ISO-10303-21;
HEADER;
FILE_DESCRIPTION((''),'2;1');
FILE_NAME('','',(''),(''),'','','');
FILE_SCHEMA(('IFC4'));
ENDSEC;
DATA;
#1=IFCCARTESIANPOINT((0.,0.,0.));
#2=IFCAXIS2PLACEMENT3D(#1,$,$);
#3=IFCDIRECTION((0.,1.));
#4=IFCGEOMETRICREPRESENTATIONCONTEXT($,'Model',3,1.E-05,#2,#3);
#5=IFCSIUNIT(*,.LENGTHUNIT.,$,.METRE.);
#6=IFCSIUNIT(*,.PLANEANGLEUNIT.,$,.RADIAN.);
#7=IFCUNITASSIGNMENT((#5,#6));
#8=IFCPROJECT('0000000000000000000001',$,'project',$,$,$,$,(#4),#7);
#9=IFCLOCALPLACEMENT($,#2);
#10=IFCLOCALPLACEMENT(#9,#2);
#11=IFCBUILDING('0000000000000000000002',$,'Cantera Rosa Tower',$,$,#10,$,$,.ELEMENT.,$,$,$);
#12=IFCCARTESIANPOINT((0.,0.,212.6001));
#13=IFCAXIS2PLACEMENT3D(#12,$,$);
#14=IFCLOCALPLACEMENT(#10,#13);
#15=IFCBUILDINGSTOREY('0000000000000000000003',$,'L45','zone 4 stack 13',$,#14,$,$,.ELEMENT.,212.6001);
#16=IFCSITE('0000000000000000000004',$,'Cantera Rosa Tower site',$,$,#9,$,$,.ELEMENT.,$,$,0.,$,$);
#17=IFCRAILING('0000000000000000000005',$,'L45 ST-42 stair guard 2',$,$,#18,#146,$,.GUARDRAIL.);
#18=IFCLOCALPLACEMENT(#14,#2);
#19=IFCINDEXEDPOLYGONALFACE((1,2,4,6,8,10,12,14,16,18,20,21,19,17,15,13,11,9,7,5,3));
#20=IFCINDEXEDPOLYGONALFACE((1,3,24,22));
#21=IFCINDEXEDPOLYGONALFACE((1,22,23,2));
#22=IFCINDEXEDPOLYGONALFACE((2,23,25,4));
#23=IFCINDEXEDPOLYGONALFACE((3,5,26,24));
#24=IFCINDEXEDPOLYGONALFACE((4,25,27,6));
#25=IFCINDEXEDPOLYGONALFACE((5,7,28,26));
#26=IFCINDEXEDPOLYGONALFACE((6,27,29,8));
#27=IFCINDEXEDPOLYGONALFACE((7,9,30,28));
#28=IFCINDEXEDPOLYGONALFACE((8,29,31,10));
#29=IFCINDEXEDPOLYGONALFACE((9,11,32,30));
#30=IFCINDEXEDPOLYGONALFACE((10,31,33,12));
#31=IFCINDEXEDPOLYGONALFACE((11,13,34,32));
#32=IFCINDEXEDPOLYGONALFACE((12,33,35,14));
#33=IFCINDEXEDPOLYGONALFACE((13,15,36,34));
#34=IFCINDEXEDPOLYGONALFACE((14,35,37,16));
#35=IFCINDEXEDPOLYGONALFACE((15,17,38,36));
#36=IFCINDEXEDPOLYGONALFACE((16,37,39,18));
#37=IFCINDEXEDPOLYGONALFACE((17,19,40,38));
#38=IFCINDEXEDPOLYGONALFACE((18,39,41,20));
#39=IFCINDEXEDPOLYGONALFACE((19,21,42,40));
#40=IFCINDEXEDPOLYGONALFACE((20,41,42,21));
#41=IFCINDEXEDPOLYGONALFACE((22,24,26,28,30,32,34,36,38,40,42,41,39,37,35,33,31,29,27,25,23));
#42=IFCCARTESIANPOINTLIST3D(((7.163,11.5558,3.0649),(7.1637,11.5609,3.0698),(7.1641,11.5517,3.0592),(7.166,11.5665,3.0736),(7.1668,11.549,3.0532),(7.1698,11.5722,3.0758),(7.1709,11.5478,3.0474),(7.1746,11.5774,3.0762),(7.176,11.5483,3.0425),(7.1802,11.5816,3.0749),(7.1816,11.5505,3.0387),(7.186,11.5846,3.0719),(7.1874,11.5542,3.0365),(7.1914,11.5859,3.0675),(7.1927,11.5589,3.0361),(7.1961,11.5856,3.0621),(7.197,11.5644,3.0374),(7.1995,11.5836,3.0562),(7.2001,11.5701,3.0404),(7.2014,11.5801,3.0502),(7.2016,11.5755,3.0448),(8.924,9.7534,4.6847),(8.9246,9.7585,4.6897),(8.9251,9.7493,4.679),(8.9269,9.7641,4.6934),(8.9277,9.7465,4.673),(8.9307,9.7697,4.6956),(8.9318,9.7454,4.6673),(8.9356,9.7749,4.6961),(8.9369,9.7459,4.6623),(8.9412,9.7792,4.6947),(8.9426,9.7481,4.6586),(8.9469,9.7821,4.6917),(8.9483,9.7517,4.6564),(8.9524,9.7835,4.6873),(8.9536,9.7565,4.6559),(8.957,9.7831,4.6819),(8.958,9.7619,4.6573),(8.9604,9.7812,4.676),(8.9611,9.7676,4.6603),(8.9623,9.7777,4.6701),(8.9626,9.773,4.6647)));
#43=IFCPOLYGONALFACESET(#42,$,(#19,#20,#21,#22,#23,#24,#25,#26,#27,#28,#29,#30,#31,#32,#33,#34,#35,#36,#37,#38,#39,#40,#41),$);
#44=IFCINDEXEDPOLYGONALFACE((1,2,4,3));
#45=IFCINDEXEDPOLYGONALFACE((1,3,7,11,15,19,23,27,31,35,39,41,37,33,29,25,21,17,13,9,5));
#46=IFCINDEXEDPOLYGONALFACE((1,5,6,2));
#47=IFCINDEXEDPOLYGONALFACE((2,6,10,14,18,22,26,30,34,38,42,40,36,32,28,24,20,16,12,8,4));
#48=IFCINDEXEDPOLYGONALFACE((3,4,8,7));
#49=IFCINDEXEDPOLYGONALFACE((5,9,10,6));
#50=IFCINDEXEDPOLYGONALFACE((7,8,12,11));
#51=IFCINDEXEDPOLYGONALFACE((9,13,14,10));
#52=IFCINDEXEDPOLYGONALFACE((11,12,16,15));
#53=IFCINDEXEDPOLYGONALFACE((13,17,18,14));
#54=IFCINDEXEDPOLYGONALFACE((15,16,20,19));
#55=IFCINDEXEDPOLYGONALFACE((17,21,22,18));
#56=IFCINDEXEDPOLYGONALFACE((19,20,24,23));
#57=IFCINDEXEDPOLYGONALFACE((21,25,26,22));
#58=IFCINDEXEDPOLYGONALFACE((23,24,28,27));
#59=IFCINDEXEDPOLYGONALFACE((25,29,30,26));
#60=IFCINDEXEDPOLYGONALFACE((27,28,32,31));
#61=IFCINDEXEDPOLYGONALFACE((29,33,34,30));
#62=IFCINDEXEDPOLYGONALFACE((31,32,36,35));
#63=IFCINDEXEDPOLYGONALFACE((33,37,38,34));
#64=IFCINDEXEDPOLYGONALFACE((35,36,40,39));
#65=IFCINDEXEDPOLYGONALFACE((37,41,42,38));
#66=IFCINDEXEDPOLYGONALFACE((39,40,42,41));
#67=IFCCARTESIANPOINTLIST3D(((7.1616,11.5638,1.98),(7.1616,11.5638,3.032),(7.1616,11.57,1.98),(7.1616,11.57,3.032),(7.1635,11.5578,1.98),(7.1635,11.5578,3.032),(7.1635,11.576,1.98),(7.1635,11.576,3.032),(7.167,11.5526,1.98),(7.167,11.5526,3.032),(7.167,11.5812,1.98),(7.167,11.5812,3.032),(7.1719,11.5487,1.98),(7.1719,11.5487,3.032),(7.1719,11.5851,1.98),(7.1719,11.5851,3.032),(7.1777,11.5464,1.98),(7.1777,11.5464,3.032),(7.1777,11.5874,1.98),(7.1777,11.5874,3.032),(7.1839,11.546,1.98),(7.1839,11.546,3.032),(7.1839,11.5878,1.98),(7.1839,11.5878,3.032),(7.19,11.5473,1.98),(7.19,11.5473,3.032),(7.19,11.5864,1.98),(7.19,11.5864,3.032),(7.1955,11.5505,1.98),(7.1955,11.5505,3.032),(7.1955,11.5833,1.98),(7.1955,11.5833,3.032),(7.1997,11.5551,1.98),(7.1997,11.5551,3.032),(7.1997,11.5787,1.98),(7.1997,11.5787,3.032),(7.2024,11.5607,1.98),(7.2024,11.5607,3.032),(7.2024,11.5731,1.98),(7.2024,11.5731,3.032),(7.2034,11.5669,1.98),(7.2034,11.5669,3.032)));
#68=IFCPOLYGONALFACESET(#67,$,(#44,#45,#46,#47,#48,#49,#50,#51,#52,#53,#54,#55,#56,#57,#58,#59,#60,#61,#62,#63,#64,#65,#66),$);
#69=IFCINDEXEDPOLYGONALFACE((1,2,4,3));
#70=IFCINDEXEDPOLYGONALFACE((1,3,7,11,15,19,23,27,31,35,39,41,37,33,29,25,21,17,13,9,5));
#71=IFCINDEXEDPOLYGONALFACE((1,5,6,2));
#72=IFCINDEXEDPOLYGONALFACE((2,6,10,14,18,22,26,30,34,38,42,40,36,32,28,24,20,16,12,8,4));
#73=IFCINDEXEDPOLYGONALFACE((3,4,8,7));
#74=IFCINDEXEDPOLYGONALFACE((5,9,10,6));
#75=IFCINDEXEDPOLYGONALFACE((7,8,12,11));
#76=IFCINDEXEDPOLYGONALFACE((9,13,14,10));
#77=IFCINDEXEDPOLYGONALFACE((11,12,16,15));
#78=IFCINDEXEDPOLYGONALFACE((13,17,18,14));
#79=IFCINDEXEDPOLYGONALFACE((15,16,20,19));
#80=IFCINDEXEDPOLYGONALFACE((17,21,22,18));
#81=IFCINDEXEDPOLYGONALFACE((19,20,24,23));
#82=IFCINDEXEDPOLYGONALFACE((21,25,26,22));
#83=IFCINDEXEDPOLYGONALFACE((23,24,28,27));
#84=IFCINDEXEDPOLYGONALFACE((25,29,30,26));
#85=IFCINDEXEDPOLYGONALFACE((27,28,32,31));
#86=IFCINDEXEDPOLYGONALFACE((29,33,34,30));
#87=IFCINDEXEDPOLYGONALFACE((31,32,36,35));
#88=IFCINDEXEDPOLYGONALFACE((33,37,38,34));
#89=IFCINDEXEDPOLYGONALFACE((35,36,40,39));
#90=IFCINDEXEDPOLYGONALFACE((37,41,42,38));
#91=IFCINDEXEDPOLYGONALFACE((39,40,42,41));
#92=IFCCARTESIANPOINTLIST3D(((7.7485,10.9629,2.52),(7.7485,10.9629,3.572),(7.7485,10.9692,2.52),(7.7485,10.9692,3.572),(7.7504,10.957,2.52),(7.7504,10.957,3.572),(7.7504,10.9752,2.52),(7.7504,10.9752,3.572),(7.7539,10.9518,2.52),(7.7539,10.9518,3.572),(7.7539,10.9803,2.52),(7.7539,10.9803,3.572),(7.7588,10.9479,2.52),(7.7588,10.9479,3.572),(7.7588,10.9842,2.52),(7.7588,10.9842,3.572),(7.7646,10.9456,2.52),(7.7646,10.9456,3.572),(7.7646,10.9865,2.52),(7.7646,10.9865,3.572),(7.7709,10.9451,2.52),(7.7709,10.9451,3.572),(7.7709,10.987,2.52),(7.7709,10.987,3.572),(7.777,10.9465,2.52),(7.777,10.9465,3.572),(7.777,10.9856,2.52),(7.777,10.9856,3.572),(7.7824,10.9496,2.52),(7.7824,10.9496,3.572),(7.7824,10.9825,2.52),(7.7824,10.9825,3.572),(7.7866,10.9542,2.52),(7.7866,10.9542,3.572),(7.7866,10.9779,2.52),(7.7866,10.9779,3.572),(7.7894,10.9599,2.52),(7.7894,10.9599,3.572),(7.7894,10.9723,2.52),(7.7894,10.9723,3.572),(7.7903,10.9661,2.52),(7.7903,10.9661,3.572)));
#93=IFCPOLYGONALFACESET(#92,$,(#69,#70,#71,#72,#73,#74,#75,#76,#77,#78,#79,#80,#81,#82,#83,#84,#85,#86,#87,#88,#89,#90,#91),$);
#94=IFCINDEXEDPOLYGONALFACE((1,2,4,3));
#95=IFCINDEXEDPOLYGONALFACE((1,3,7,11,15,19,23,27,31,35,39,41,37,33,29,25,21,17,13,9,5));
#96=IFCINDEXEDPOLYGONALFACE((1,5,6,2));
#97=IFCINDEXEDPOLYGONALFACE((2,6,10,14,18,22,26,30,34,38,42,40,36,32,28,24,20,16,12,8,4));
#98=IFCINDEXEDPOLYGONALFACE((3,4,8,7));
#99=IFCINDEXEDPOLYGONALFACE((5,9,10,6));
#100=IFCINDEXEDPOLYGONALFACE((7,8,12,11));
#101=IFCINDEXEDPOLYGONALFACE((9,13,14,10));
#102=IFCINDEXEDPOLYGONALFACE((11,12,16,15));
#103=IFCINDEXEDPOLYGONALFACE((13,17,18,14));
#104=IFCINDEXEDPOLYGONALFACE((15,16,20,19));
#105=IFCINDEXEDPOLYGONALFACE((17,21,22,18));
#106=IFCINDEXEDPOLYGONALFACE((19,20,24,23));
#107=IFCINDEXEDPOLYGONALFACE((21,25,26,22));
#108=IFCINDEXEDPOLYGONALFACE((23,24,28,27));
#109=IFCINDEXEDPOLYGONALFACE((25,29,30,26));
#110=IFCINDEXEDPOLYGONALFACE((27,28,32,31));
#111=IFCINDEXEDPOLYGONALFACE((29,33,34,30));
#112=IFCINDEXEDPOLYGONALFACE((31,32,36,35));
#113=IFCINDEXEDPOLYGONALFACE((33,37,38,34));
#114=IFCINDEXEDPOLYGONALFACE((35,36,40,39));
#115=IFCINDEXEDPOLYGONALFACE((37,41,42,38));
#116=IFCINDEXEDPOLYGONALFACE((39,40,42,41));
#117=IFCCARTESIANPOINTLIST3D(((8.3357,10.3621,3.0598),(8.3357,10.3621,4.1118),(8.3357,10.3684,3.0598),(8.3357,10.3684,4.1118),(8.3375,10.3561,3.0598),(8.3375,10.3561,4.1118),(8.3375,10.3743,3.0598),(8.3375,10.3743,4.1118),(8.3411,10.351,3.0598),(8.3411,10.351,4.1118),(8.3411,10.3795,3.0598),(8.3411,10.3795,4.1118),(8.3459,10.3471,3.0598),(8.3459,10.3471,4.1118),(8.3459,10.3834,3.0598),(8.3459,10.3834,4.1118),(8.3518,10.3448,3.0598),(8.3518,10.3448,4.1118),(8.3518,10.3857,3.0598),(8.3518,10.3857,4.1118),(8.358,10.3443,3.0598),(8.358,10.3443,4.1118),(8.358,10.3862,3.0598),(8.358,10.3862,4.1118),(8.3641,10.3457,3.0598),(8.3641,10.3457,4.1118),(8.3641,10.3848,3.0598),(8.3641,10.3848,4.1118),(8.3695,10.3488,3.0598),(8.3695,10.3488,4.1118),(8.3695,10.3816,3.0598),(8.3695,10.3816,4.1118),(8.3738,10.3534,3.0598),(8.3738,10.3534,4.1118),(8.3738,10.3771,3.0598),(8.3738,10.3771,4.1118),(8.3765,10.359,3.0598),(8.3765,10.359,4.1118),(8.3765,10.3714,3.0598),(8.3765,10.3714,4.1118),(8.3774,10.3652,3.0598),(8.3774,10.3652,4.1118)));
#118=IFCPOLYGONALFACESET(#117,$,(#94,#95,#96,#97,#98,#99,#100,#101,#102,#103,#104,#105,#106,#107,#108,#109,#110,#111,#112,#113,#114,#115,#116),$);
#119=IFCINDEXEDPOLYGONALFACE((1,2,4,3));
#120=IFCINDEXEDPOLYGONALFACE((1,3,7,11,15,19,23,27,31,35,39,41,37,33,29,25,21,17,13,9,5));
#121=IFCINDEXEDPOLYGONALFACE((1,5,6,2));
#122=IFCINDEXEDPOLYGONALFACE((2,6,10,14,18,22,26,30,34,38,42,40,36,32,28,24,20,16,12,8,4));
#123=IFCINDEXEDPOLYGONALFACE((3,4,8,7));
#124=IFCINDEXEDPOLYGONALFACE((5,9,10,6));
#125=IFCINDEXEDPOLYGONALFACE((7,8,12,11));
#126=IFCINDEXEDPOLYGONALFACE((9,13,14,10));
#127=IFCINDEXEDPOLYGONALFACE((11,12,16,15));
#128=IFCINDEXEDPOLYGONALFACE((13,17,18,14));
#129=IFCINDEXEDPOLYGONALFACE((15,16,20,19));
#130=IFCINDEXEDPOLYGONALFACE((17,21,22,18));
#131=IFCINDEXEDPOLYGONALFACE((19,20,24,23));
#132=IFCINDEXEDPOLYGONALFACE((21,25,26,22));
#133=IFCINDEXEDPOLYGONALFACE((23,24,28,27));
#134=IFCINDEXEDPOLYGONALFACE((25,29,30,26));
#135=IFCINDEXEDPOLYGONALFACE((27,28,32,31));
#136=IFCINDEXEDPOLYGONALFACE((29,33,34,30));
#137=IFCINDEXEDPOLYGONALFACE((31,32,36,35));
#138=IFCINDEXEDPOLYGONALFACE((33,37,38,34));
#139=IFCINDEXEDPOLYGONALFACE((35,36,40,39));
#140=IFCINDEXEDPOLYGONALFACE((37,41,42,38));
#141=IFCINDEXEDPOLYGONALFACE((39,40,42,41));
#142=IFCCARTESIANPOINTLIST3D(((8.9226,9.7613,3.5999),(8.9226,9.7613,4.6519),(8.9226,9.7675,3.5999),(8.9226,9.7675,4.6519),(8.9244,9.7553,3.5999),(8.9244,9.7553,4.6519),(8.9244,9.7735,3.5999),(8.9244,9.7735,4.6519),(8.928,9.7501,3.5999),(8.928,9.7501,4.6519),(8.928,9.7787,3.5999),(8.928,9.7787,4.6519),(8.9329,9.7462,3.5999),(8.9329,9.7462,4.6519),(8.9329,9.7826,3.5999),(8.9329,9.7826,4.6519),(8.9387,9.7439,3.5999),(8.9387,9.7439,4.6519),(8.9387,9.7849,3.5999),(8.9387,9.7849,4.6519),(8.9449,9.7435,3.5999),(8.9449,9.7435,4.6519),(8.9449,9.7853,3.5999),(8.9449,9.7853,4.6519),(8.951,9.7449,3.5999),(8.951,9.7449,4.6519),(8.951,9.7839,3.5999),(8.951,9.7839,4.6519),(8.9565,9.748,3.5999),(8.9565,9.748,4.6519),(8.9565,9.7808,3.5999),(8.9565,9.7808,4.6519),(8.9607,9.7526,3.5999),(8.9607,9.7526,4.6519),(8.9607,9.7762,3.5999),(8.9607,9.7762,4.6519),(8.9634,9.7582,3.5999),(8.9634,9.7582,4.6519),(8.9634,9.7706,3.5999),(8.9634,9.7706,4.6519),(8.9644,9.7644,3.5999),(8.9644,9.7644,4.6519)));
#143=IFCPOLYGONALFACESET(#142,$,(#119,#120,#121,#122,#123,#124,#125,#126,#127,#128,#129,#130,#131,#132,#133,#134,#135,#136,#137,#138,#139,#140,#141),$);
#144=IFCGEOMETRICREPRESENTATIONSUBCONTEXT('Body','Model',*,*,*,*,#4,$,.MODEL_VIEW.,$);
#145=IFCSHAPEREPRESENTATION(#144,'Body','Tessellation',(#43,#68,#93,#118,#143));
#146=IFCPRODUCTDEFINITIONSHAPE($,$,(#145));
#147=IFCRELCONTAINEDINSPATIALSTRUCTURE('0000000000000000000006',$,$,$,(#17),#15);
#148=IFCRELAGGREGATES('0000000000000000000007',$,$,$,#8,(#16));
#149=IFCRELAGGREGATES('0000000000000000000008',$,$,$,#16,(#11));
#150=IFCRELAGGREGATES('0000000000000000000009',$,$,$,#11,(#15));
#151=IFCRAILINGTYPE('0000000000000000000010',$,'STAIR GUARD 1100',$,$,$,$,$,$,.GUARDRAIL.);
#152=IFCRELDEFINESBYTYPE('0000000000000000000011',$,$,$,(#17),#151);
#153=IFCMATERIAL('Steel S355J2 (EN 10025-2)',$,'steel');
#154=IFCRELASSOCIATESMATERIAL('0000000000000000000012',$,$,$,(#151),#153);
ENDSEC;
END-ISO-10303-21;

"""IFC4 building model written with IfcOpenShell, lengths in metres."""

from ifc_helpers import new_model, si_unit, direction, frame, origin, origin_2d, place, context, subcontext, project, spatial, circle, extrude, material, type_object, element, save


model = new_model("IFC4")

# Units and contexts
model_context = context("Model", 3, precision=1e-05, world=origin(), true_north=direction((0.0, 1.0)))
body_context = subcontext(model_context, "Body", "Model", "MODEL_VIEW")
ifc_project = project(units=[si_unit("LENGTHUNIT", "METRE"), si_unit("PLANEANGLEUNIT", "RADIAN")], contexts=[model_context])

# Site, building, storey
site_placement = place(None, origin())
site = spatial("IfcSite", under=ifc_project, at=site_placement, Name="Cantera Rosa Tower site", CompositionType="ELEMENT", RefElevation=0.0)
building_placement = place(site_placement, origin())
building = spatial("IfcBuilding", under=site, at=building_placement, Name="Cantera Rosa Tower", CompositionType="ELEMENT")
storey_placement = place(building_placement, frame((0.0, 0.0, 212.6001)))
storey = spatial("IfcBuildingStorey", under=building, at=storey_placement, Name="L45", Description="zone 4 stack 13", CompositionType="ELEMENT", Elevation=212.6001)

# Railing
ifc_material_1 = material(Name="Steel S355J2 (EN 10025-2)", Category="steel")
railing_type_1 = type_object("IfcRailingType", Name="STAIR GUARD 1100", PredefinedType="GUARDRAIL", material=ifc_material_1)
railing_1_placement = place(storey_placement, frame((7.1824, 11.5669, 1.98)))
element("IfcRailing", 1, at=railing_1_placement, inside=storey, type_object=railing_type_1, Name="L45 ST-42 stair guard 2", PredefinedType="GUARDRAIL", context=body_context, shape_type="SweptSolid", body=[
    extrude(circle(Radius=0.0239, at=origin_2d()), frame((0.0, 0.0, 1.0762), z_axis=(0.587844, -0.601699, 0.540738), x_axis=(0.715294, 0.698824, 0.0)), (0.0, 0.0, 1.0), 2.9956),
    extrude(circle(Radius=0.021, at=origin_2d()), origin(), (0.0, 0.0, 1.0), 1.052),
    extrude(circle(Radius=0.021, at=origin_2d()), frame((0.5869, -0.6008, 0.54)), (0.0, 0.0, 1.0), 1.052),
    extrude(circle(Radius=0.021, at=origin_2d()), frame((1.1741, -1.2017, 1.0798)), (0.0, 0.0, 1.0), 1.052),
    extrude(circle(Radius=0.021, at=origin_2d()), frame((1.761, -1.8025, 1.6199)), (0.0, 0.0, 1.0), 1.052),
])

save(model, "model.ifc")
